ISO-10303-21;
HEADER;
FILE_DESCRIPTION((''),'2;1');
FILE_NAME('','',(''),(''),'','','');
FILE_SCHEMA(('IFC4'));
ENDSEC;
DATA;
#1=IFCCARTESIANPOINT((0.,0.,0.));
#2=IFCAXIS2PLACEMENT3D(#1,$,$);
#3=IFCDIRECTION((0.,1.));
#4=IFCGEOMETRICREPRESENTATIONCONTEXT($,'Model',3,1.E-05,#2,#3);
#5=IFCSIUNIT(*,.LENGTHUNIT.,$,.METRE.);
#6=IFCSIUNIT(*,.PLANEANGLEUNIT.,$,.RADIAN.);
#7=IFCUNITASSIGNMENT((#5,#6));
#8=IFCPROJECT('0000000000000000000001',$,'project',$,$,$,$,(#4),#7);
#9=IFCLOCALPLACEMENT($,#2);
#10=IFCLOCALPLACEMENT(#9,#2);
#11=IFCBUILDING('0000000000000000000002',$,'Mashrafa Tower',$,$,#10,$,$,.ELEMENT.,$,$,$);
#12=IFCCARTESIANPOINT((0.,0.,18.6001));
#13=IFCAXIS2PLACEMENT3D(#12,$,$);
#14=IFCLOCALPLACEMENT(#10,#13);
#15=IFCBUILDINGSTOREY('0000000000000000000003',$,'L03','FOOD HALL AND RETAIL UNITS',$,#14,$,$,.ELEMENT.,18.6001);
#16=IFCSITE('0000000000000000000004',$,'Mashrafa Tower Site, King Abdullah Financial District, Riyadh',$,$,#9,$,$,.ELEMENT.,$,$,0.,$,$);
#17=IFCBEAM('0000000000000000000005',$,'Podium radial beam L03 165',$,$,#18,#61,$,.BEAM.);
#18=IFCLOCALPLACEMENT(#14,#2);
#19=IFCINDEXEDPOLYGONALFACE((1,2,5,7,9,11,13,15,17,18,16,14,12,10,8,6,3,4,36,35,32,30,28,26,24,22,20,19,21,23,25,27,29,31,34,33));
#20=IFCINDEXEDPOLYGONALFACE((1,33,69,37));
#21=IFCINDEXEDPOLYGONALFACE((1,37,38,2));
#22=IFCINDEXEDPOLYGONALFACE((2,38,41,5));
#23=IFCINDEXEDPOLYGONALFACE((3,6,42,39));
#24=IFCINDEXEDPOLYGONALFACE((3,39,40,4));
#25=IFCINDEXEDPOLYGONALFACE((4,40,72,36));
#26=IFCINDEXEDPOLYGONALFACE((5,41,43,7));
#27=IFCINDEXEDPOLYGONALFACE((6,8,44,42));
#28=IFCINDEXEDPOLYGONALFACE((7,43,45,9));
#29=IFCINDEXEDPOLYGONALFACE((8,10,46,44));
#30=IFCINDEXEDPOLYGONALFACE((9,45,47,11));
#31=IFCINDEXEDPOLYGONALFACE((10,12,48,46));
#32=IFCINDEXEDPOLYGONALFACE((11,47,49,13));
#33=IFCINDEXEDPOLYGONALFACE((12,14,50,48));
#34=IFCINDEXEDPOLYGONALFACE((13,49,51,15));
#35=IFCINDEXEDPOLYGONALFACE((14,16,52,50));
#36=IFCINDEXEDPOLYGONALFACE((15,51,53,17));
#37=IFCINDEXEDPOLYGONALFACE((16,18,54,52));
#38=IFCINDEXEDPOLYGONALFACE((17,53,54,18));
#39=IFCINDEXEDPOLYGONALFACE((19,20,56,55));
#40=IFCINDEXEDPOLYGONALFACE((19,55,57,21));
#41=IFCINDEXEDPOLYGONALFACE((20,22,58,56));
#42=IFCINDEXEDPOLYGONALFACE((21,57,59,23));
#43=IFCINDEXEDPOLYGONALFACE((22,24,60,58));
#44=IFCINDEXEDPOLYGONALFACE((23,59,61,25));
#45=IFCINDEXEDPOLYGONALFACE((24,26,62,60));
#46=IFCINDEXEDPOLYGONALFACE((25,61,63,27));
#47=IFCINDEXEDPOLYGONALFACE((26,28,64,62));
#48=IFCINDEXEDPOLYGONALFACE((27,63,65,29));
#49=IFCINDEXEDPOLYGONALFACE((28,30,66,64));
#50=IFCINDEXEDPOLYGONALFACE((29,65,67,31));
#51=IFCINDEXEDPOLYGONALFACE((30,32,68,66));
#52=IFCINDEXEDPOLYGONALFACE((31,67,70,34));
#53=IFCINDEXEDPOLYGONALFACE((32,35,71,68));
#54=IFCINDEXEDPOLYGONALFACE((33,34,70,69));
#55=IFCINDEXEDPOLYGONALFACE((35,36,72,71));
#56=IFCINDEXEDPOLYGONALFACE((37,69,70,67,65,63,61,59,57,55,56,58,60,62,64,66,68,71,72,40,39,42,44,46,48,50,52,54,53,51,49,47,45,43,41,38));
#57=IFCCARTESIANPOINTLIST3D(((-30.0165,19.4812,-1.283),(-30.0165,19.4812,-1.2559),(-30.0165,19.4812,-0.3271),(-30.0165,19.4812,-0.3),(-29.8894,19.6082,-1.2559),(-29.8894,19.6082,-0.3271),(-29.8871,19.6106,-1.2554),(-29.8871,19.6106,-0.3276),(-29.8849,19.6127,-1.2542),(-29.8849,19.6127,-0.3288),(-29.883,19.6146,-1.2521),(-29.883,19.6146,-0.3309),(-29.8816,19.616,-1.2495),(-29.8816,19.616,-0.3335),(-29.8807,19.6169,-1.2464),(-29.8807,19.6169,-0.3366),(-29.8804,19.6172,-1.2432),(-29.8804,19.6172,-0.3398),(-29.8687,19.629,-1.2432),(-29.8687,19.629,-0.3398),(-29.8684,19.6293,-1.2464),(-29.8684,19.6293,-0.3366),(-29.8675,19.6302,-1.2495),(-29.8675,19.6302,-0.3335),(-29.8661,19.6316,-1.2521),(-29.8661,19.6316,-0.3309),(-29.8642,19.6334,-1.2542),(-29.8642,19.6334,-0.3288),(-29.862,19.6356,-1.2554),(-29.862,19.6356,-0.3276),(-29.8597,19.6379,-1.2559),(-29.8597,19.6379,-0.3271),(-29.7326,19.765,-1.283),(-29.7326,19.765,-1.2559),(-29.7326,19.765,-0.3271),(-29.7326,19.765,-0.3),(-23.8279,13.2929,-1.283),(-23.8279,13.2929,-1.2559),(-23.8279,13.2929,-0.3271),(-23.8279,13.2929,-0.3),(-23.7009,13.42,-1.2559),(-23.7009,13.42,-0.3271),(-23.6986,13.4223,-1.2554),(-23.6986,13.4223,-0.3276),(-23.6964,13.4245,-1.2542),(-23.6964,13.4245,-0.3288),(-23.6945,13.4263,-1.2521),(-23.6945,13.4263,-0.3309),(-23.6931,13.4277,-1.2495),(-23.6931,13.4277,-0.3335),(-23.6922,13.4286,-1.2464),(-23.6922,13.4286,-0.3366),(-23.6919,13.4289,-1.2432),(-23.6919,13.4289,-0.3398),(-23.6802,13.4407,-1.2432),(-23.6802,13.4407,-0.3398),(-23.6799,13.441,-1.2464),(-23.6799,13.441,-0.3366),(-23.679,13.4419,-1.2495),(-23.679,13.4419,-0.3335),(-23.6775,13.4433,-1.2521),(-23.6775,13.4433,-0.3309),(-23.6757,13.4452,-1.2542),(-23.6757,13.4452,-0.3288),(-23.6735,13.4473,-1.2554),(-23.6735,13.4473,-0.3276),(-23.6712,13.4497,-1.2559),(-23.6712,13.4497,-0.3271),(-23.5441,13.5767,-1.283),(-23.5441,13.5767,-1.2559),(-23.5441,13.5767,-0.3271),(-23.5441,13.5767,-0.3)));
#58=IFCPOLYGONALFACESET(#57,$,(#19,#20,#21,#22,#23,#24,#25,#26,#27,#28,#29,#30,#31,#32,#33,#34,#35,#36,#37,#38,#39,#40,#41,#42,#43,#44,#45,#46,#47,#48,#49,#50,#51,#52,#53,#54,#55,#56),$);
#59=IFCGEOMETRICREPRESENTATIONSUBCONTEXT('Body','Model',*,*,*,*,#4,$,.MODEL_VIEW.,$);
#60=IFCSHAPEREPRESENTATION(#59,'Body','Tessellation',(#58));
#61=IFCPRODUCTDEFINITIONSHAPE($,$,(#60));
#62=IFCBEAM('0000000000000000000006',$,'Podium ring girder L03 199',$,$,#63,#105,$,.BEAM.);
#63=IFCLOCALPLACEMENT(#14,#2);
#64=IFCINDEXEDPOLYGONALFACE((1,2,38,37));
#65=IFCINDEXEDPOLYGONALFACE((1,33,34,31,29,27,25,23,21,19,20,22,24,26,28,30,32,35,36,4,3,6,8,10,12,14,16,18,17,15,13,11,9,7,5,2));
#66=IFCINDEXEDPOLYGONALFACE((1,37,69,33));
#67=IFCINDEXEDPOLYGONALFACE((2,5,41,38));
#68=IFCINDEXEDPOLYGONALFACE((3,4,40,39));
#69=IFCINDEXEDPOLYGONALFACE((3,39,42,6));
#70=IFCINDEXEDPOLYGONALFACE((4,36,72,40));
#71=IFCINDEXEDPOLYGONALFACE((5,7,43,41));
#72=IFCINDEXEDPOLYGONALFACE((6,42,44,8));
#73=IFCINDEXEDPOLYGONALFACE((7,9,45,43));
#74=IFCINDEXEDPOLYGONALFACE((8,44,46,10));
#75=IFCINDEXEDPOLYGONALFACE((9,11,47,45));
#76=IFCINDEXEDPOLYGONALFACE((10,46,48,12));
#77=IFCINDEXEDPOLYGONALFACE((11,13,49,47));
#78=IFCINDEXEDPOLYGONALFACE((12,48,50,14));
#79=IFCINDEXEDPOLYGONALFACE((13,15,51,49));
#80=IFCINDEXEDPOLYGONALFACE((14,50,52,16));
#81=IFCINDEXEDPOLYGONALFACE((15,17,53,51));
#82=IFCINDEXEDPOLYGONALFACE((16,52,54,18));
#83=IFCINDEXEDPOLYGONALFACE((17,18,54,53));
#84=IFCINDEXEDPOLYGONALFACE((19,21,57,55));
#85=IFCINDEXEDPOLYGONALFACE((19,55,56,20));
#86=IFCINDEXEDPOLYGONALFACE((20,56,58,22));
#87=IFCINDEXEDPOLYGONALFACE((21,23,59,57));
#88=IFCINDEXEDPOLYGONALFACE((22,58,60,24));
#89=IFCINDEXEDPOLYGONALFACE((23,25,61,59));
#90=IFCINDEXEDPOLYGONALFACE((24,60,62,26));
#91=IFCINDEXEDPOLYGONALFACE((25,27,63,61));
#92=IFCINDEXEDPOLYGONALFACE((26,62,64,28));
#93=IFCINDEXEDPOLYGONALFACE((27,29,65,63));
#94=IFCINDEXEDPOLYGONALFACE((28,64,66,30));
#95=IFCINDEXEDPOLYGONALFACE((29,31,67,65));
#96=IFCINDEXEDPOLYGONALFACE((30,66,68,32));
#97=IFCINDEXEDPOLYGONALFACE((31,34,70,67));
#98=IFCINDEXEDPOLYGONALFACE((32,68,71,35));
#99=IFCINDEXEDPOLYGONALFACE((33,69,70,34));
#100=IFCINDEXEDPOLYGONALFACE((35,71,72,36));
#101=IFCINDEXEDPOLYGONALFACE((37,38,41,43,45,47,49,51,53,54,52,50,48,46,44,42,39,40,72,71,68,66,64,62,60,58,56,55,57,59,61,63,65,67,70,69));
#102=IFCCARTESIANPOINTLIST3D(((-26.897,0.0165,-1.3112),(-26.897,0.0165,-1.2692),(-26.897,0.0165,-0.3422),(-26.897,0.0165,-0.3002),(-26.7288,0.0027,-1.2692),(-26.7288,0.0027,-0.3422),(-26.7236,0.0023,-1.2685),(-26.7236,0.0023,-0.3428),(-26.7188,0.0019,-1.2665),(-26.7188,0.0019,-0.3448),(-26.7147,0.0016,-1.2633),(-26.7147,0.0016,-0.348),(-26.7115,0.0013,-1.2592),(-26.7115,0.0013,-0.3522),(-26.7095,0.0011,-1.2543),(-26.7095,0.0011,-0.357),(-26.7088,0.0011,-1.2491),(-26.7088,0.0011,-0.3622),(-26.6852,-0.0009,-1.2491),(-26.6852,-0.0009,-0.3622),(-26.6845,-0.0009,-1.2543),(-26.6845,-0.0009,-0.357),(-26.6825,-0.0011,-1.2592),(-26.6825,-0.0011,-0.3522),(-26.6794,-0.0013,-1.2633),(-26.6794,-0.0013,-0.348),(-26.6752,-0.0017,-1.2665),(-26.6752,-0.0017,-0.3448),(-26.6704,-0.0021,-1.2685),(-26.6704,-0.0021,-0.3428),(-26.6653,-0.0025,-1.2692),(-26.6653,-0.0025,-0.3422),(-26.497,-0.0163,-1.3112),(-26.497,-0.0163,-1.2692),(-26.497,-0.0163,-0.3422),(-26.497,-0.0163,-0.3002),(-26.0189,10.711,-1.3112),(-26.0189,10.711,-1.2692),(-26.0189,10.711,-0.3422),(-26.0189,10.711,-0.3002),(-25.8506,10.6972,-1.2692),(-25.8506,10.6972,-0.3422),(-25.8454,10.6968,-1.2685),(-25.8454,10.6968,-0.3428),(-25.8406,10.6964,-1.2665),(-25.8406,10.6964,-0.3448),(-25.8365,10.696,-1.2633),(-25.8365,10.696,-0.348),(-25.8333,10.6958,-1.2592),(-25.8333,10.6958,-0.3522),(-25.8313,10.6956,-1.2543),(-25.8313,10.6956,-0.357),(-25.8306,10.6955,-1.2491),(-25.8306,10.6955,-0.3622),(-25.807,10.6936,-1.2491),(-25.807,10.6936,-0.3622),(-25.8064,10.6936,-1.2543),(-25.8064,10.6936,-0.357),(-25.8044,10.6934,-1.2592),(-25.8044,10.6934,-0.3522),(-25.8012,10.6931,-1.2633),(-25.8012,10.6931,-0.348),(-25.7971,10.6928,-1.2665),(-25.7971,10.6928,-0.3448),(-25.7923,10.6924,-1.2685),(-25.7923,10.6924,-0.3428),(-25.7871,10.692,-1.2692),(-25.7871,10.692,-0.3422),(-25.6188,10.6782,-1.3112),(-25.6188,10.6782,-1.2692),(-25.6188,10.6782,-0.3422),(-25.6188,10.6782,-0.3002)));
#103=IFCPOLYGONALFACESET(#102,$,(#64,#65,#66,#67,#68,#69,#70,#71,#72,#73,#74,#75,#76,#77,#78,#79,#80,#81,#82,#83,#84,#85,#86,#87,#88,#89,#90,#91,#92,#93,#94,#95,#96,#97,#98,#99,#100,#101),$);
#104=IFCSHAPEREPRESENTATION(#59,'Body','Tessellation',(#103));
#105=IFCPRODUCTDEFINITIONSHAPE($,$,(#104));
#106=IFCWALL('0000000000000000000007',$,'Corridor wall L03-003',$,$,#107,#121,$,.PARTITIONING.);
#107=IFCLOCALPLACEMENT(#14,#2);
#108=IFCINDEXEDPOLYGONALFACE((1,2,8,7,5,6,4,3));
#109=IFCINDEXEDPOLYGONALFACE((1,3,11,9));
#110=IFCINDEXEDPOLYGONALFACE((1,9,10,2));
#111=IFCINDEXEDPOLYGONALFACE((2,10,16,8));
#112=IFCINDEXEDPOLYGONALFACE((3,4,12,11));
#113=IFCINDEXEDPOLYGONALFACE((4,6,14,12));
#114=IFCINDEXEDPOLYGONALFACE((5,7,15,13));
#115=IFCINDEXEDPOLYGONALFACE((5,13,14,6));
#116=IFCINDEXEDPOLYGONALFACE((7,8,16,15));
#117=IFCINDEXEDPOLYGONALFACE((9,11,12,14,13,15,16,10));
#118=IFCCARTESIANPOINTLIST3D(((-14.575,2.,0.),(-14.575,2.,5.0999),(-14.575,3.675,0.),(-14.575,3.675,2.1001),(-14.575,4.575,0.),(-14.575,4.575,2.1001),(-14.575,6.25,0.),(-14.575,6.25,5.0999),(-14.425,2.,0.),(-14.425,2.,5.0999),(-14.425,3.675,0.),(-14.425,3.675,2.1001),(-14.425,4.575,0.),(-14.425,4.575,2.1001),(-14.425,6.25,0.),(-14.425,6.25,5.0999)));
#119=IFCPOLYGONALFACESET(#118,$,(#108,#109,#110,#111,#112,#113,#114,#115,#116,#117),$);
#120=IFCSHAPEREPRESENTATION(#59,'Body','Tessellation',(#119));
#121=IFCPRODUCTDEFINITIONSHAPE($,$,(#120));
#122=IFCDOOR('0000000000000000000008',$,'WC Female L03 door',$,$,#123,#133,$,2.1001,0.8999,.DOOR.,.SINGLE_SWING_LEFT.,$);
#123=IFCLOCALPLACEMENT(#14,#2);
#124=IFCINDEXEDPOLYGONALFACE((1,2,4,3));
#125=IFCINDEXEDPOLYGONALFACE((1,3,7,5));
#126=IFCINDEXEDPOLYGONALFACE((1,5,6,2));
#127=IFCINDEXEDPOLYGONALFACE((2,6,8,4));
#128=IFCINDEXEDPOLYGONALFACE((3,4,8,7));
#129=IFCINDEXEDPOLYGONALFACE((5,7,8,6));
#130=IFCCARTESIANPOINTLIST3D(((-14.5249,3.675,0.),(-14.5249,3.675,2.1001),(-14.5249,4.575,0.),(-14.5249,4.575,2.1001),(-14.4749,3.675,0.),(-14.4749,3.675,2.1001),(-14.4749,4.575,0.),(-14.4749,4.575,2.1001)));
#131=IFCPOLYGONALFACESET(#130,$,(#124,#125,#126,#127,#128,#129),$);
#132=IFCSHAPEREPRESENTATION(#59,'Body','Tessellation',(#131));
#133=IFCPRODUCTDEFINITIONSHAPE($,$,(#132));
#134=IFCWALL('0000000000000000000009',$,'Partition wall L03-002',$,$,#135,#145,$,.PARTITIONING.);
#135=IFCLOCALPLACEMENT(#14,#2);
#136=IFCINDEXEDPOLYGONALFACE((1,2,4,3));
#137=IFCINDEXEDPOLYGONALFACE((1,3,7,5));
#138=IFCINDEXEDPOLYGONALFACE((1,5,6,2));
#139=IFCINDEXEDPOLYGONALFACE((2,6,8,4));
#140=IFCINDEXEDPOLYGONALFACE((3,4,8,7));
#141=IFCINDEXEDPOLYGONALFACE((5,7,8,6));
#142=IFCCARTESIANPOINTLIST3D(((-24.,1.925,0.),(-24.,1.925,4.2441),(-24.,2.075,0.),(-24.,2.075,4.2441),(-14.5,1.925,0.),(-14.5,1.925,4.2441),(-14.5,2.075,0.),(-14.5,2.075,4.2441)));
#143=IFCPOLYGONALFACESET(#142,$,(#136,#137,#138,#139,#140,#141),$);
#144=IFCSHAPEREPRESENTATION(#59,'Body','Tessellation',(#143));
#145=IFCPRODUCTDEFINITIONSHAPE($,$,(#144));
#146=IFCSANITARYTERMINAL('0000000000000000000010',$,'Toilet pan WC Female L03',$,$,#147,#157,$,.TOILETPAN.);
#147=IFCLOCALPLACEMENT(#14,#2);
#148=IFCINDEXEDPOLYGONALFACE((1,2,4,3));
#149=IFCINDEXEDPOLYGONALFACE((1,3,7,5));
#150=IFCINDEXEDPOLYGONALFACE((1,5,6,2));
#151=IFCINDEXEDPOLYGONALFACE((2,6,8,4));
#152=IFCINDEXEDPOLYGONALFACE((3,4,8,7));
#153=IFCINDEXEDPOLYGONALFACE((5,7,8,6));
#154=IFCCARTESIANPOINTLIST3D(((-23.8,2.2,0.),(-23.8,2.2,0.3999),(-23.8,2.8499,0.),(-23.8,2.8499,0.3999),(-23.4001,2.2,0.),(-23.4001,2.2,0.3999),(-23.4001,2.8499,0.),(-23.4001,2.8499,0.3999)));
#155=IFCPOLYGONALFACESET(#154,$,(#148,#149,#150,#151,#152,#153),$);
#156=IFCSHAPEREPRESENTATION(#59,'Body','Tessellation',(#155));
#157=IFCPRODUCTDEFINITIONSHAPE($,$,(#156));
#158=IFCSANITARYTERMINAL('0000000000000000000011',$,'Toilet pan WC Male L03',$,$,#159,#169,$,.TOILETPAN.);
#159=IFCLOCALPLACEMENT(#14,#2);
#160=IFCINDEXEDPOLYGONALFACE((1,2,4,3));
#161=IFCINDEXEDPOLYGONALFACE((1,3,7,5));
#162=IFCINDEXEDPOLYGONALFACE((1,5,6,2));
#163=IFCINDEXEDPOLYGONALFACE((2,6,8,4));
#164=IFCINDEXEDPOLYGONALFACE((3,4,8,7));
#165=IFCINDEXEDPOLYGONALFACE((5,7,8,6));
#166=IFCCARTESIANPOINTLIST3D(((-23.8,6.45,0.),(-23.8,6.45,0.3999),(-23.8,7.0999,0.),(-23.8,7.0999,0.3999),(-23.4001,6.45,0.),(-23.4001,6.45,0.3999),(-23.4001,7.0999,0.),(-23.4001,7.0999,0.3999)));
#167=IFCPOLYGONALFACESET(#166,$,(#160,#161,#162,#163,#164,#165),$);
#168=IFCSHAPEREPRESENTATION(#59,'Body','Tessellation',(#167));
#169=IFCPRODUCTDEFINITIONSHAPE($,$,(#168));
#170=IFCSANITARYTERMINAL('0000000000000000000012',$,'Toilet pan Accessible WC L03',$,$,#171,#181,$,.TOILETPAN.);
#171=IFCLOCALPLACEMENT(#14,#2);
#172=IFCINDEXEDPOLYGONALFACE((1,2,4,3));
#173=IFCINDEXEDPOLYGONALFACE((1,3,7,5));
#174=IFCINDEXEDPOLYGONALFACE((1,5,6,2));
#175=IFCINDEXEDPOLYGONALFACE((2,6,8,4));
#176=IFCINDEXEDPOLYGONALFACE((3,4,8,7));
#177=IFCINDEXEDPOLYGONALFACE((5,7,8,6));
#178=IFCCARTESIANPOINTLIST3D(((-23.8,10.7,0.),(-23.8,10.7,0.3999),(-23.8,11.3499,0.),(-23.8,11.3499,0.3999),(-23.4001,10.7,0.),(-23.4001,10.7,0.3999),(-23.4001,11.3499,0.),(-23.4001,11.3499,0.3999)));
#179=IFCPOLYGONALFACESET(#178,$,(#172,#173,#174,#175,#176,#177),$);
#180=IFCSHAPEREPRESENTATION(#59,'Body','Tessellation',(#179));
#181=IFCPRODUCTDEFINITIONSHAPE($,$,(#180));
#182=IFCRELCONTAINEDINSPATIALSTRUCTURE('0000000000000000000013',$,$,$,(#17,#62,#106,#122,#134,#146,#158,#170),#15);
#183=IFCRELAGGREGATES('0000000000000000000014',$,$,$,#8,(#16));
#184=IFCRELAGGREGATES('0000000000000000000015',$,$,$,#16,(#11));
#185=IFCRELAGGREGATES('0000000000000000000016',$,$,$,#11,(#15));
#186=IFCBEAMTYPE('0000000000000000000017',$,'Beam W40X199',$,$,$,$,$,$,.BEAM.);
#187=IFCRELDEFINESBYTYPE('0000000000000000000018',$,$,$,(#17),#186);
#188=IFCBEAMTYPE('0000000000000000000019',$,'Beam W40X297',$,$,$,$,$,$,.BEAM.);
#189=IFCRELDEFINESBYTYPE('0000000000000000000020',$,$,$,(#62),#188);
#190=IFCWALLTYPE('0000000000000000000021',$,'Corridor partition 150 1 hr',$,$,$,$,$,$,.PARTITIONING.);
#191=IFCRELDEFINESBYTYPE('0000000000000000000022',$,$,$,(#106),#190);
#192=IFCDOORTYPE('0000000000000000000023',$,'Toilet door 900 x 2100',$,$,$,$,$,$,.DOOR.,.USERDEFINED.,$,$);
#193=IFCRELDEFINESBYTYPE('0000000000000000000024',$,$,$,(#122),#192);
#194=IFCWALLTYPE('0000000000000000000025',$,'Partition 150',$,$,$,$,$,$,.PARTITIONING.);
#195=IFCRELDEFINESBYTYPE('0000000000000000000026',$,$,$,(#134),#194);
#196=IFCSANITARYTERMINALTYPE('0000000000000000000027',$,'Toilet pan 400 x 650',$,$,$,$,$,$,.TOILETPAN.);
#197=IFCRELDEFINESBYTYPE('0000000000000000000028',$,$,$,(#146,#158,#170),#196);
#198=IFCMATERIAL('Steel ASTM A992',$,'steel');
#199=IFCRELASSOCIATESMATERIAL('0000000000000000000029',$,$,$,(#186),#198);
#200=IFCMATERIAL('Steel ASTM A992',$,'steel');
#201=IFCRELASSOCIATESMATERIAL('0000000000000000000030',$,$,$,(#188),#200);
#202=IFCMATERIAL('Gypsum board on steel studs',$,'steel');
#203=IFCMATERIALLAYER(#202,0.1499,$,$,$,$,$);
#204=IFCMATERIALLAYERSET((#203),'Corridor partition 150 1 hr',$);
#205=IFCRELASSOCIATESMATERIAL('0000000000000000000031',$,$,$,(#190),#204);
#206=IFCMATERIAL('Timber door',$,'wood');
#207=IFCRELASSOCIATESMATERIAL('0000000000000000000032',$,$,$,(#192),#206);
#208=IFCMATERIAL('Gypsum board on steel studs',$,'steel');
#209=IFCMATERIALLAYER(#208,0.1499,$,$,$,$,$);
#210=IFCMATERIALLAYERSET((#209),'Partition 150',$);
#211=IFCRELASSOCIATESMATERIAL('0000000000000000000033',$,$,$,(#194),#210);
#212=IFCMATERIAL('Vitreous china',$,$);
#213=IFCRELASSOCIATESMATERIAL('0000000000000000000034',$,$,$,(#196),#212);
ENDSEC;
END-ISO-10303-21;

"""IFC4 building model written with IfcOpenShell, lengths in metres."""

from ifc_helpers import new_model, si_unit, direction, frame, frame_2d, origin, origin_2d, place, context, subcontext, project, spatial, rectangle, i_section, extrude, material, layer, layer_set, material_profile, profile_set, type_object, element, fill, save


model = new_model("IFC4")

# Units and contexts
model_context = context("Model", 3, precision=1e-05, world=origin(), true_north=direction((0.0, 1.0)))
body_context = subcontext(model_context, "Body", "Model", "MODEL_VIEW")
ifc_project = project(units=[si_unit("LENGTHUNIT", "METRE"), si_unit("PLANEANGLEUNIT", "RADIAN")], contexts=[model_context])

# Site, building, storey
site_placement = place(None, origin())
site = spatial("IfcSite", under=ifc_project, at=site_placement, Name="Mashrafa Tower Site, King Abdullah Financial District, Riyadh", CompositionType="ELEMENT", RefElevation=0.0)
building_placement = place(site_placement, origin())
building = spatial("IfcBuilding", under=site, at=building_placement, Name="Mashrafa Tower", CompositionType="ELEMENT")
storey_placement = place(building_placement, frame((0.0, 0.0, 18.6001)))
storey = spatial("IfcBuildingStorey", under=building, at=storey_placement, Name="L03", Description="FOOD HALL AND RETAIL UNITS", CompositionType="ELEMENT", Elevation=18.6001)

# Beams
ifc_material_1 = material(Name="Steel ASTM A992", Category="steel")
ifc_material_profile_1 = material_profile(ifc_material_1, i_section(OverallWidth=0.4014, OverallDepth=0.9829, WebThickness=0.0166, FlangeThickness=0.0271, FilletRadius=0.0127, at=origin_2d()), Name="W40X199")
ifc_profile_set_1 = profile_set([ifc_material_profile_1], Name="Steel ASTM A992")
beam_type_1 = type_object("IfcBeamType", Name="Beam W40X199", PredefinedType="BEAM", material=ifc_profile_set_1)
beam_1_placement = place(storey_placement, frame((-23.686, 13.4348, -0.7915), z_axis=(-0.707121, 0.707093, 0.0), x_axis=(-0.707093, -0.707121, 0.0)))
element("IfcBeam", 1, at=beam_1_placement, inside=storey, type_object=beam_type_1, Name="Podium radial beam L03 165", PredefinedType="BEAM", context=body_context, shape_type="SweptSolid", body=[
    extrude(i_section(OverallWidth=0.4014, OverallDepth=0.9829, WebThickness=0.0166, FlangeThickness=0.0271, FilletRadius=0.0127, at=origin_2d()), origin(), (0.0, 0.0, 1.0), 8.7517),
])
ifc_material_2 = material(Name="Steel ASTM A992", Category="steel")
ifc_material_profile_2 = material_profile(ifc_material_2, i_section(OverallWidth=0.4014, OverallDepth=1.011, WebThickness=0.0237, FlangeThickness=0.042, FilletRadius=0.02, at=origin_2d()), Name="W40X297")
ifc_profile_set_2 = profile_set([ifc_material_profile_2], Name="Steel ASTM A992")
beam_type_2 = type_object("IfcBeamType", Name="Beam W40X297", PredefinedType="BEAM", material=ifc_profile_set_2)
beam_2_placement = place(storey_placement, frame((-25.8188, 10.6946, -0.8057), z_axis=(-0.081838, -0.996646, 0.0), x_axis=(0.996646, -0.081838, 0.0)))
element("IfcBeam", 2, at=beam_2_placement, inside=storey, type_object=beam_type_2, Name="Podium ring girder L03 199", PredefinedType="BEAM", context=body_context, shape_type="SweptSolid", body=[
    extrude(i_section(OverallWidth=0.4014, OverallDepth=1.011, WebThickness=0.0237, FlangeThickness=0.042, FilletRadius=0.02, at=origin_2d()), origin(), (0.0, 0.0, 1.0), 10.7305),
])

# Wall, opening, door
ifc_material_3 = material(Name="Gypsum board on steel studs", Category="steel")
ifc_layer_1 = layer(ifc_material_3, 0.1499)
ifc_layer_set_1 = layer_set([ifc_layer_1], Name="Corridor partition 150 1 hr")
wall_type_1 = type_object("IfcWallType", Name="Corridor partition 150 1 hr", PredefinedType="PARTITIONING", material=ifc_layer_set_1)
wall_1_placement = place(storey_placement, frame((-14.5, 2.0, 0.0), z_axis=(0.0, 0.0, 1.0), x_axis=(0.0, 1.0, 0.0)))
wall_1 = element("IfcWall", 3, at=wall_1_placement, inside=storey, type_object=wall_type_1, Name="Corridor wall L03-003", PredefinedType="PARTITIONING", context=body_context, shape_type="SweptSolid", body=[
    extrude(rectangle(XDim=4.25, YDim=0.1499, at=frame_2d((2.125, 0.0))), origin(), (0.0, 0.0, 1.0), 5.0999),
])
opening_placement = place(wall_1_placement, frame((1.675, 0.0, 0.0)))
opening = element("IfcOpeningElement", 4, at=opening_placement, cuts=wall_1, PredefinedType="OPENING", context=body_context, shape_type="SweptSolid", body=[
    extrude(rectangle(XDim=0.8999, YDim=2.1001, at=frame_2d((0.45, 1.05))), frame((0.0, 0.085, 0.0), z_axis=(0.0, -1.0, 0.0), x_axis=(1.0, 0.0, 0.0)), (0.0, 0.0, 1.0), 0.1699),
])
ifc_material_4 = material(Name="Timber door", Category="wood")
door_type = type_object("IfcDoorType", Name="Toilet door 900 x 2100", OperationType="USERDEFINED", PredefinedType="DOOR", material=ifc_material_4)
door_placement = place(opening_placement, origin())
door = element("IfcDoor", 5, at=door_placement, inside=storey, type_object=door_type, Name="WC Female L03 door", OperationType="SINGLE_SWING_LEFT", OverallHeight=2.1001, OverallWidth=0.8999, PredefinedType="DOOR", context=body_context, shape_type="SweptSolid", body=[
    extrude(rectangle(XDim=0.8999, YDim=2.1001, at=frame_2d((0.45, 1.05))), frame((0.0, 0.0249, 0.0), z_axis=(0.0, -1.0, 0.0), x_axis=(1.0, 0.0, 0.0)), (0.0, 0.0, 1.0), 0.05),
])
fill(opening, door)

# Wall
ifc_material_5 = material(Name="Gypsum board on steel studs", Category="steel")
ifc_layer_2 = layer(ifc_material_5, 0.1499)
ifc_layer_set_2 = layer_set([ifc_layer_2], Name="Partition 150")
wall_type_2 = type_object("IfcWallType", Name="Partition 150", PredefinedType="PARTITIONING", material=ifc_layer_set_2)
wall_2_placement = place(storey_placement, frame((-24.0, 2.0, 0.0), z_axis=(0.0, 0.0, 1.0), x_axis=(1.0, 0.0, 0.0)))
element("IfcWall", 6, at=wall_2_placement, inside=storey, type_object=wall_type_2, Name="Partition wall L03-002", PredefinedType="PARTITIONING", context=body_context, shape_type="SweptSolid", body=[
    extrude(rectangle(XDim=9.5, YDim=0.1499, at=frame_2d((4.75, 0.0))), origin(), (0.0, 0.0, 1.0), 4.2441),
])

# Sanitary terminals
ifc_material_6 = material(Name="Vitreous china")
sanitary_terminal_type_1 = type_object("IfcSanitaryTerminalType", Name="Toilet pan 400 x 650", PredefinedType="TOILETPAN", material=ifc_material_6)
for number, where, z_axis, x_axis, name in (
    (7, (-23.6001, 2.5249, 0.0), (0.0, 0.0, 1.0), (1.0, 0.0, 0.0), "Toilet pan WC Female L03"),
    (8, (-23.6001, 6.7749, 0.0), (0.0, 0.0, 1.0), (1.0, 0.0, 0.0), "Toilet pan WC Male L03"),
    (9, (-23.6001, 11.0249, 0.0), (0.0, 0.0, 1.0), (1.0, 0.0, 0.0), "Toilet pan Accessible WC L03"),
):
    element("IfcSanitaryTerminal", number, at=place(storey_placement, frame(where, z_axis=z_axis, x_axis=x_axis)), inside=storey, type_object=sanitary_terminal_type_1, Name=name, PredefinedType="TOILETPAN", context=body_context, shape_type="SweptSolid", body=[
        extrude(rectangle(XDim=0.3999, YDim=0.6499, at=origin_2d()), origin(), (0.0, 0.0, 1.0), 0.3999),
    ])

save(model, "model.ifc")
